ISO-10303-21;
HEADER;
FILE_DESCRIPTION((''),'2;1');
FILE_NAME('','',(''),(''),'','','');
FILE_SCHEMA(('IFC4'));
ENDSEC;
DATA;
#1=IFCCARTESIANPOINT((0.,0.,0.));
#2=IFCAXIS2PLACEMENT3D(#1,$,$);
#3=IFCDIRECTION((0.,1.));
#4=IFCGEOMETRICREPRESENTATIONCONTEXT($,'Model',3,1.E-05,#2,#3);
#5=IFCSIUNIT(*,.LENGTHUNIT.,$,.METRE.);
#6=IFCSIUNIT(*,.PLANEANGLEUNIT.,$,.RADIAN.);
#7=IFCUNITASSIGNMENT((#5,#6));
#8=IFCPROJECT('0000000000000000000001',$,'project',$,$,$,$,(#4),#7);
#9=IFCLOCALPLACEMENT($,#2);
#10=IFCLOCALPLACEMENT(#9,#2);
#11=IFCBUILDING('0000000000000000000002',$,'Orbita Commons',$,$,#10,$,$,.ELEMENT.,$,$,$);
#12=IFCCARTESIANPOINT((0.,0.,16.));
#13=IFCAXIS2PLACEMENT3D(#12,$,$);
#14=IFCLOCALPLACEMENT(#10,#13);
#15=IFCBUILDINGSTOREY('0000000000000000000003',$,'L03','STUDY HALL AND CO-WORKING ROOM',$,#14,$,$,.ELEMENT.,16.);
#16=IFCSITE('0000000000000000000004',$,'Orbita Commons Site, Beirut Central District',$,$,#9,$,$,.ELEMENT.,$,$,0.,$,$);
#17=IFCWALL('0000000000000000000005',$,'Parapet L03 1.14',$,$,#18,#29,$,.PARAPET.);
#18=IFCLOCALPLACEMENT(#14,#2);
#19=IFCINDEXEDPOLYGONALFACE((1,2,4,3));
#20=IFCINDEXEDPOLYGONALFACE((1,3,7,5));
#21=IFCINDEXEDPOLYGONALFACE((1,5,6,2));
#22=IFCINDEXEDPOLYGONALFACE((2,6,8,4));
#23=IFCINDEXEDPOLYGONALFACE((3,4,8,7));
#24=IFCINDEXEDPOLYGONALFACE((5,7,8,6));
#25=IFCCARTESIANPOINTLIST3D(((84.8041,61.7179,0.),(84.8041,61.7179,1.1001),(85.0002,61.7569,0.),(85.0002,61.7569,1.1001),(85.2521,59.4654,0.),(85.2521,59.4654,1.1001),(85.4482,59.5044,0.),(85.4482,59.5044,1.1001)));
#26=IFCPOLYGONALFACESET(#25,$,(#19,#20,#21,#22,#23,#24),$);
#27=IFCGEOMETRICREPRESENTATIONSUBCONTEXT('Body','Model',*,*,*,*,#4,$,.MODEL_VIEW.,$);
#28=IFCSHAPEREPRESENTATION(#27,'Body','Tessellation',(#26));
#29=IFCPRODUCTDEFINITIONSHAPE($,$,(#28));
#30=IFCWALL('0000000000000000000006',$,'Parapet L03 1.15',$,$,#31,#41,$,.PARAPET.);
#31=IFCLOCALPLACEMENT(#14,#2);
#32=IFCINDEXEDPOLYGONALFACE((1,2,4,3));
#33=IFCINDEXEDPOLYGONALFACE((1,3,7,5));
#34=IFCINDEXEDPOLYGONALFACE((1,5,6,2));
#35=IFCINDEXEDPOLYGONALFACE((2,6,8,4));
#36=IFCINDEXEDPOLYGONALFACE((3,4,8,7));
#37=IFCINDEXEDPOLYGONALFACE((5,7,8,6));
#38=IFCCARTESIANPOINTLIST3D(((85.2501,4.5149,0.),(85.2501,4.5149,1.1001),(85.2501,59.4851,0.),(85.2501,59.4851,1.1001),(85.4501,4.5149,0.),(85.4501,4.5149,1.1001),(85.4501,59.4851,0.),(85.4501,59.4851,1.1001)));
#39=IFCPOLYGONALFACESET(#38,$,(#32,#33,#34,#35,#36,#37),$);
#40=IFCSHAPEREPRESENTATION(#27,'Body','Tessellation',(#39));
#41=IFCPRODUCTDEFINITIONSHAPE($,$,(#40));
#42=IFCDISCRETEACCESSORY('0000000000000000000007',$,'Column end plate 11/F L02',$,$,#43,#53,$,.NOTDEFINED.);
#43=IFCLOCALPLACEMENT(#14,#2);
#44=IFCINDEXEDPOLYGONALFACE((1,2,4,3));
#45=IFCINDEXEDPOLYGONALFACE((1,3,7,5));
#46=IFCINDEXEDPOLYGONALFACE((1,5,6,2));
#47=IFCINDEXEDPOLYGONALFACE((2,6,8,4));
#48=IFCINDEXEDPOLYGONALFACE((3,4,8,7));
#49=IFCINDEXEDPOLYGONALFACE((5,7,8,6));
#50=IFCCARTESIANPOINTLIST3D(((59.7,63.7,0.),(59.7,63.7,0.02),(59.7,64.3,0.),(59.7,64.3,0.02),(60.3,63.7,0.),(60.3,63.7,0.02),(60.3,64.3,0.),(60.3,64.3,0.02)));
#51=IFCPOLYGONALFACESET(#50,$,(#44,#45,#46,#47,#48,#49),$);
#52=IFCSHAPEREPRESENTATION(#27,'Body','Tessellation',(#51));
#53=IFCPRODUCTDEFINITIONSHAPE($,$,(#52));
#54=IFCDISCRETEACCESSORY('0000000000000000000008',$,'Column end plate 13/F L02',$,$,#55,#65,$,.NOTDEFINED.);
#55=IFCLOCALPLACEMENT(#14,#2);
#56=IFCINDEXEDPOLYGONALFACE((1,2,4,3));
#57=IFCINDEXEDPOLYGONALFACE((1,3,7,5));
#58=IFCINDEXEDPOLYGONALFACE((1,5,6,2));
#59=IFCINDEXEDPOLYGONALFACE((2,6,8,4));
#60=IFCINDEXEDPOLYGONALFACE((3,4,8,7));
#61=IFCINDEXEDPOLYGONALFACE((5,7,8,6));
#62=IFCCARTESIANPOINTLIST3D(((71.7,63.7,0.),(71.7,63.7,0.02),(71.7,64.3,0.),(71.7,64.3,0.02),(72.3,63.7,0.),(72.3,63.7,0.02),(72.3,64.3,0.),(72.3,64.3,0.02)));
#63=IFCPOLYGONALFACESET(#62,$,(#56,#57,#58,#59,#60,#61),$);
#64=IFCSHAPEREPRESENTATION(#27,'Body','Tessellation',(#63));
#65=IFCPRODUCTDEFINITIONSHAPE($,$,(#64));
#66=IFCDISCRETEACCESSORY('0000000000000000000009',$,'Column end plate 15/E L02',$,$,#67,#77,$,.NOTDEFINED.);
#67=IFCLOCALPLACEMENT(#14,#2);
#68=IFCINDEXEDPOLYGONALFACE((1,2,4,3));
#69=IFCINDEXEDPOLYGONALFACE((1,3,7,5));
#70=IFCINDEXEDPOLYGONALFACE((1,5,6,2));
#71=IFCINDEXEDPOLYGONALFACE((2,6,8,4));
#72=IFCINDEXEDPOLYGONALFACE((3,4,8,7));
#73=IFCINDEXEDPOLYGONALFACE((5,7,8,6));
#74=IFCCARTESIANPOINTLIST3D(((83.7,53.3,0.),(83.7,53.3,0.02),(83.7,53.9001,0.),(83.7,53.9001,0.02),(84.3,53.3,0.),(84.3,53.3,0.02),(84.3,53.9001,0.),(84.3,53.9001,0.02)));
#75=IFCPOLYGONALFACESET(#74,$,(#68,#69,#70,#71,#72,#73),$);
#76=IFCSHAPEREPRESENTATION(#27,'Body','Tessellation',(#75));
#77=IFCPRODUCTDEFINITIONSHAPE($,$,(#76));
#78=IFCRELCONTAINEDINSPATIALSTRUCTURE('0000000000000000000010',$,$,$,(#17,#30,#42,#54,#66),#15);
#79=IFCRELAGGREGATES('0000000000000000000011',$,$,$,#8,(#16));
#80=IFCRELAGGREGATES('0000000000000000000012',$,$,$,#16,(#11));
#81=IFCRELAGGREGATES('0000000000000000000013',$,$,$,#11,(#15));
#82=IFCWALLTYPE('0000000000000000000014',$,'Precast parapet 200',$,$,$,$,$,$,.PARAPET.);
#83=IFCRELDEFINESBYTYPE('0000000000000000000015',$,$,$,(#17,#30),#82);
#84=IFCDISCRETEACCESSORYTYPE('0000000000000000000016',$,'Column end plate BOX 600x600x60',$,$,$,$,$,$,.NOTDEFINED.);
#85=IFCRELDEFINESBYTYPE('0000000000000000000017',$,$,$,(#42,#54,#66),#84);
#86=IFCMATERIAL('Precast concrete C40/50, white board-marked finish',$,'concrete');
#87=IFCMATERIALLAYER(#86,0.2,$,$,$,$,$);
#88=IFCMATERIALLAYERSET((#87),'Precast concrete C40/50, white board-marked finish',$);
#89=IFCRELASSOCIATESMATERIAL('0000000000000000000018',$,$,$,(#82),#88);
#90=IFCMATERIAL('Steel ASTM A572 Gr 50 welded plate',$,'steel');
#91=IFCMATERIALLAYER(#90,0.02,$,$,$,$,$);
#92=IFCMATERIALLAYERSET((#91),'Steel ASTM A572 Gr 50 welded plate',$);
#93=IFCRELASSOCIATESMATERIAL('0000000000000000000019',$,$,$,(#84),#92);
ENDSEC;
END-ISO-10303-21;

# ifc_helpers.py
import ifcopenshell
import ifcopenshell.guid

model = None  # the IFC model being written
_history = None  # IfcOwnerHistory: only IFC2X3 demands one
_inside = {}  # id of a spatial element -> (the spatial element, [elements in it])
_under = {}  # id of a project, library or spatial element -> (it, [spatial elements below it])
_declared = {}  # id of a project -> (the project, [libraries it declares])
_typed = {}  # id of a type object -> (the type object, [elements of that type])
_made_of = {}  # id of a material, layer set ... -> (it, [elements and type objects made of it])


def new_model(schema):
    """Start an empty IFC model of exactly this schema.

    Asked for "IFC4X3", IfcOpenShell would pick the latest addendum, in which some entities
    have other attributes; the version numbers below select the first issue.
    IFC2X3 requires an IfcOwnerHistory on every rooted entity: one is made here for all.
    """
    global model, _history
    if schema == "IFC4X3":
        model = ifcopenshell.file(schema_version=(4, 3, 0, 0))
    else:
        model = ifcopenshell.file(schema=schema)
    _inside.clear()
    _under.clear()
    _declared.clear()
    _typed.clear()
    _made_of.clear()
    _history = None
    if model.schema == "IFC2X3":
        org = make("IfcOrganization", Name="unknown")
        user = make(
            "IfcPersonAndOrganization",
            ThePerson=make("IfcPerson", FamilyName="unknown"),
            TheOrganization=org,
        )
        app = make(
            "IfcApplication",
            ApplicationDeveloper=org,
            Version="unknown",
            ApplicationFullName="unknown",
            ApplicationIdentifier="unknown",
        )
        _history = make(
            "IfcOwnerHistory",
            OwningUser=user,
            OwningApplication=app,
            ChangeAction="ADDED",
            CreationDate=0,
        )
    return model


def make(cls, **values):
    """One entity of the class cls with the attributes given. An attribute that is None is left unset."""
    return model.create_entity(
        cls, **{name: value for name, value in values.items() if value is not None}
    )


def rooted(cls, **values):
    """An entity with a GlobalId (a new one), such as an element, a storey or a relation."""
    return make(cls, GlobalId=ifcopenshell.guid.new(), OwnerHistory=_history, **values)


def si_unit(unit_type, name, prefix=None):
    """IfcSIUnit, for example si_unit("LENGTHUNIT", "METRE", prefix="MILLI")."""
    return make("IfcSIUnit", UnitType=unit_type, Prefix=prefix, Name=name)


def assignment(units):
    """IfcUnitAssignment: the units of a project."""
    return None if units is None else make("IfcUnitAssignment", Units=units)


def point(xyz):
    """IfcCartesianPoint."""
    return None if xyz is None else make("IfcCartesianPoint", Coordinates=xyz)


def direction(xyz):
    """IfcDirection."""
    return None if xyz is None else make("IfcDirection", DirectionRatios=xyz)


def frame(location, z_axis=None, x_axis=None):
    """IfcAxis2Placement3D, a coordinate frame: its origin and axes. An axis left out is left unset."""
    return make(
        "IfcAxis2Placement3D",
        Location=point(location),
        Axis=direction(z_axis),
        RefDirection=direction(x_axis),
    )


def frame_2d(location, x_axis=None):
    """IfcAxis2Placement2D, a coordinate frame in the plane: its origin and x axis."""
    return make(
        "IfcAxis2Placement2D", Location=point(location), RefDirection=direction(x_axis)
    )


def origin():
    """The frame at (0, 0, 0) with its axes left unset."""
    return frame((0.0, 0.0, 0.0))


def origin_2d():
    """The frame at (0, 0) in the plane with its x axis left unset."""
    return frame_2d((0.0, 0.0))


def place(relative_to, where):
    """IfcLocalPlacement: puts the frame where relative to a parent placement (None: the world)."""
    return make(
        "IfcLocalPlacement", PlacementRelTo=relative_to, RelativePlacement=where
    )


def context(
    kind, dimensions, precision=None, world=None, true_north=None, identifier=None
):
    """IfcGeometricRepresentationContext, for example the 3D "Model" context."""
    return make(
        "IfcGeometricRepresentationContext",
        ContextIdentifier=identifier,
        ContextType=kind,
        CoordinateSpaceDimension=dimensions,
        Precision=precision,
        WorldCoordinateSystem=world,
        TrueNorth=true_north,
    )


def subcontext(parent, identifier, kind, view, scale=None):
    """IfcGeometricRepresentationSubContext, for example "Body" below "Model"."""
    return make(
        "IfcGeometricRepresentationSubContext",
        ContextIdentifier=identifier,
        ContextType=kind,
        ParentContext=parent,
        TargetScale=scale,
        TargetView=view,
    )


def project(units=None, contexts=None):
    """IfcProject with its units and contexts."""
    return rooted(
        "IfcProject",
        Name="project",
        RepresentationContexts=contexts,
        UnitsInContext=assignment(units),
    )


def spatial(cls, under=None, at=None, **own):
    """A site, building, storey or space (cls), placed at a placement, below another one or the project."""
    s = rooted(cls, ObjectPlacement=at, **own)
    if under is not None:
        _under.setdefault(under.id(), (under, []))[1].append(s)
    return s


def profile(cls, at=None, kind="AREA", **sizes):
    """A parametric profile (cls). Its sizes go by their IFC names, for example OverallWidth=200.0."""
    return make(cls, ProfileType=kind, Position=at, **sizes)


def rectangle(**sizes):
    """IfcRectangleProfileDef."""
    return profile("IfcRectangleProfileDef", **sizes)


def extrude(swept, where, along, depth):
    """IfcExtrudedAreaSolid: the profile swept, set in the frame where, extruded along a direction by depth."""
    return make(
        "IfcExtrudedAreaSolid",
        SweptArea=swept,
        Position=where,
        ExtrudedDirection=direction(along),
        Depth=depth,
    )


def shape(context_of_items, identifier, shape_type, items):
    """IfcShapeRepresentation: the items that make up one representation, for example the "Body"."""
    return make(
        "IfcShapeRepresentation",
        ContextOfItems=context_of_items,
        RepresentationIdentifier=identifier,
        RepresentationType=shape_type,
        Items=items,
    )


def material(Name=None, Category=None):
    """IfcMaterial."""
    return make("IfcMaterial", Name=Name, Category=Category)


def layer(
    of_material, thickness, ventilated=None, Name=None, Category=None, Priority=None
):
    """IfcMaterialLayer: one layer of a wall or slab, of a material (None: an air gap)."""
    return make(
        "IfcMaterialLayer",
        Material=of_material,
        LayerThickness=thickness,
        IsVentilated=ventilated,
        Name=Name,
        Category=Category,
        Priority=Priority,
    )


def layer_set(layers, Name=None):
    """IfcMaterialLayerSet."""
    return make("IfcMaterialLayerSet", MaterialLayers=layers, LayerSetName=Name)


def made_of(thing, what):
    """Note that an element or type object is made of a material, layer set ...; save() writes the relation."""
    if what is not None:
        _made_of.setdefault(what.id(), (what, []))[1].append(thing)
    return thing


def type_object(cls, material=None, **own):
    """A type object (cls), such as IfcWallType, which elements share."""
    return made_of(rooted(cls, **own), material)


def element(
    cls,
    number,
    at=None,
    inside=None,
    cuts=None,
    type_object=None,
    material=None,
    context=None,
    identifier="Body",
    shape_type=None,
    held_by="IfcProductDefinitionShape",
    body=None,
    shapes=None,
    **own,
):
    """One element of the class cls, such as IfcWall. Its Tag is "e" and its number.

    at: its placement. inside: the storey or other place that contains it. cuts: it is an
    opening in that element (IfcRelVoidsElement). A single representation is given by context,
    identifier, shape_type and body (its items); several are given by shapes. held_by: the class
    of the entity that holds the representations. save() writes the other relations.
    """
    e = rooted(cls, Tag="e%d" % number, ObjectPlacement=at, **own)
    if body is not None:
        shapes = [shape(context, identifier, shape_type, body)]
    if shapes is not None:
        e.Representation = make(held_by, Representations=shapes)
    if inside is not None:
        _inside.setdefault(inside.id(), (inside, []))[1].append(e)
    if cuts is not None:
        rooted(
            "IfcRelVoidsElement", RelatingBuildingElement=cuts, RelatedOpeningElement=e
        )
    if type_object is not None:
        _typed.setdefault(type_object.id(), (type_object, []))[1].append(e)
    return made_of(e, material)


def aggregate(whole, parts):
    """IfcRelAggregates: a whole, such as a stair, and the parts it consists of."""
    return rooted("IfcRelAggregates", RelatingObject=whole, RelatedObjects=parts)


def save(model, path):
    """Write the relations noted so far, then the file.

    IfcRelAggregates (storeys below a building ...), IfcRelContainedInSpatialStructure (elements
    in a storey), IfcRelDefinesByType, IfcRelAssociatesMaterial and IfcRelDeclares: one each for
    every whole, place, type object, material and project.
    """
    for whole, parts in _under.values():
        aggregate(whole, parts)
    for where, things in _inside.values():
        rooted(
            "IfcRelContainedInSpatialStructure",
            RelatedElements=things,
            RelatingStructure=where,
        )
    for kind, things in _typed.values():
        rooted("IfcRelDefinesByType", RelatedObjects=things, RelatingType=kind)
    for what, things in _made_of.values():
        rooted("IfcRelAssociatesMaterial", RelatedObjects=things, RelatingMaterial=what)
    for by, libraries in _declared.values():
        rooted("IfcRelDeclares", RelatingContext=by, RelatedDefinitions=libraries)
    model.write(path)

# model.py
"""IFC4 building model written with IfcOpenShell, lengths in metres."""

from ifc_helpers import new_model, si_unit, direction, frame, frame_2d, origin, origin_2d, place, context, subcontext, project, spatial, rectangle, extrude, material, layer, layer_set, type_object, element, save


model = new_model("IFC4")

# Units and contexts
model_context = context("Model", 3, precision=1e-05, world=origin(), true_north=direction((0.0, 1.0)))
body_context = subcontext(model_context, "Body", "Model", "MODEL_VIEW")
ifc_project = project(units=[si_unit("LENGTHUNIT", "METRE"), si_unit("PLANEANGLEUNIT", "RADIAN")], contexts=[model_context])

# Site, building, storey
site_placement = place(None, origin())
site = spatial("IfcSite", under=ifc_project, at=site_placement, Name="Orbita Commons Site, Beirut Central District", CompositionType="ELEMENT", RefElevation=0.0)
building_placement = place(site_placement, origin())
building = spatial("IfcBuilding", under=site, at=building_placement, Name="Orbita Commons", CompositionType="ELEMENT")
storey_placement = place(building_placement, frame((0.0, 0.0, 16.0)))
storey = spatial("IfcBuildingStorey", under=building, at=storey_placement, Name="L03", Description="STUDY HALL AND CO-WORKING ROOM", CompositionType="ELEMENT", Elevation=16.0)

# Walls
ifc_material_1 = material(Name="Precast concrete C40/50, white board-marked finish", Category="concrete")
ifc_layer_1 = layer(ifc_material_1, 0.2)
ifc_layer_set_1 = layer_set([ifc_layer_1], Name="Precast concrete C40/50, white board-marked finish")
wall_type_1 = type_object("IfcWallType", Name="Precast parapet 200", PredefinedType="PARAPET", material=ifc_layer_set_1)
wall_1_placement = place(storey_placement, frame((84.9021, 61.7375, 0.0), z_axis=(0.0, 0.0, 1.0), x_axis=(0.195073, -0.980789, 0.0)))
element("IfcWall", 1, at=wall_1_placement, inside=storey, type_object=wall_type_1, Name="Parapet L03 1.14", PredefinedType="PARAPET", context=body_context, shape_type="SweptSolid", body=[
    extrude(rectangle(XDim=2.2966, YDim=0.2, at=frame_2d((1.1484, 0.0))), origin(), (0.0, 0.0, 1.0), 1.1001),
])
wall_2_placement = place(storey_placement, frame((85.3501, 59.4851, 0.0), z_axis=(0.0, 0.0, 1.0), x_axis=(0.0, -1.0, 0.0)))
element("IfcWall", 2, at=wall_2_placement, inside=storey, type_object=wall_type_1, Name="Parapet L03 1.15", PredefinedType="PARAPET", context=body_context, shape_type="SweptSolid", body=[
    extrude(rectangle(XDim=54.9702, YDim=0.2, at=frame_2d((27.4851, 0.0))), origin(), (0.0, 0.0, 1.0), 1.1001),
])

# Discrete accessories
ifc_material_2 = material(Name="Steel ASTM A572 Gr 50 welded plate", Category="steel")
ifc_layer_2 = layer(ifc_material_2, 0.02)
ifc_layer_set_2 = layer_set([ifc_layer_2], Name="Steel ASTM A572 Gr 50 welded plate")
discrete_accessory_type = type_object("IfcDiscreteAccessoryType", Name="Column end plate BOX 600x600x60", PredefinedType="NOTDEFINED", material=ifc_layer_set_2)
for number, where, z_axis, x_axis, name in (
    (3, (60.0, 64.0, 0.0), (0.0, 0.0, 1.0), (1.0, 0.0, 0.0), "Column end plate 11/F L02"),
    (4, (72.0, 64.0, 0.0), (0.0, 0.0, 1.0), (1.0, 0.0, 0.0), "Column end plate 13/F L02"),
    (5, (84.0, 53.6001, 0.0), (0.0, 0.0, 1.0), (1.0, 0.0, 0.0), "Column end plate 15/E L02"),
):
    element("IfcDiscreteAccessory", number, at=place(storey_placement, frame(where, z_axis=z_axis, x_axis=x_axis)), inside=storey, type_object=discrete_accessory_type, Name=name, PredefinedType="NOTDEFINED", context=body_context, shape_type="SweptSolid", body=[
        extrude(rectangle(XDim=0.6001, YDim=0.6001, at=origin_2d()), origin(), (0.0, 0.0, 1.0), 0.02),
    ])

save(model, "model.ifc")
